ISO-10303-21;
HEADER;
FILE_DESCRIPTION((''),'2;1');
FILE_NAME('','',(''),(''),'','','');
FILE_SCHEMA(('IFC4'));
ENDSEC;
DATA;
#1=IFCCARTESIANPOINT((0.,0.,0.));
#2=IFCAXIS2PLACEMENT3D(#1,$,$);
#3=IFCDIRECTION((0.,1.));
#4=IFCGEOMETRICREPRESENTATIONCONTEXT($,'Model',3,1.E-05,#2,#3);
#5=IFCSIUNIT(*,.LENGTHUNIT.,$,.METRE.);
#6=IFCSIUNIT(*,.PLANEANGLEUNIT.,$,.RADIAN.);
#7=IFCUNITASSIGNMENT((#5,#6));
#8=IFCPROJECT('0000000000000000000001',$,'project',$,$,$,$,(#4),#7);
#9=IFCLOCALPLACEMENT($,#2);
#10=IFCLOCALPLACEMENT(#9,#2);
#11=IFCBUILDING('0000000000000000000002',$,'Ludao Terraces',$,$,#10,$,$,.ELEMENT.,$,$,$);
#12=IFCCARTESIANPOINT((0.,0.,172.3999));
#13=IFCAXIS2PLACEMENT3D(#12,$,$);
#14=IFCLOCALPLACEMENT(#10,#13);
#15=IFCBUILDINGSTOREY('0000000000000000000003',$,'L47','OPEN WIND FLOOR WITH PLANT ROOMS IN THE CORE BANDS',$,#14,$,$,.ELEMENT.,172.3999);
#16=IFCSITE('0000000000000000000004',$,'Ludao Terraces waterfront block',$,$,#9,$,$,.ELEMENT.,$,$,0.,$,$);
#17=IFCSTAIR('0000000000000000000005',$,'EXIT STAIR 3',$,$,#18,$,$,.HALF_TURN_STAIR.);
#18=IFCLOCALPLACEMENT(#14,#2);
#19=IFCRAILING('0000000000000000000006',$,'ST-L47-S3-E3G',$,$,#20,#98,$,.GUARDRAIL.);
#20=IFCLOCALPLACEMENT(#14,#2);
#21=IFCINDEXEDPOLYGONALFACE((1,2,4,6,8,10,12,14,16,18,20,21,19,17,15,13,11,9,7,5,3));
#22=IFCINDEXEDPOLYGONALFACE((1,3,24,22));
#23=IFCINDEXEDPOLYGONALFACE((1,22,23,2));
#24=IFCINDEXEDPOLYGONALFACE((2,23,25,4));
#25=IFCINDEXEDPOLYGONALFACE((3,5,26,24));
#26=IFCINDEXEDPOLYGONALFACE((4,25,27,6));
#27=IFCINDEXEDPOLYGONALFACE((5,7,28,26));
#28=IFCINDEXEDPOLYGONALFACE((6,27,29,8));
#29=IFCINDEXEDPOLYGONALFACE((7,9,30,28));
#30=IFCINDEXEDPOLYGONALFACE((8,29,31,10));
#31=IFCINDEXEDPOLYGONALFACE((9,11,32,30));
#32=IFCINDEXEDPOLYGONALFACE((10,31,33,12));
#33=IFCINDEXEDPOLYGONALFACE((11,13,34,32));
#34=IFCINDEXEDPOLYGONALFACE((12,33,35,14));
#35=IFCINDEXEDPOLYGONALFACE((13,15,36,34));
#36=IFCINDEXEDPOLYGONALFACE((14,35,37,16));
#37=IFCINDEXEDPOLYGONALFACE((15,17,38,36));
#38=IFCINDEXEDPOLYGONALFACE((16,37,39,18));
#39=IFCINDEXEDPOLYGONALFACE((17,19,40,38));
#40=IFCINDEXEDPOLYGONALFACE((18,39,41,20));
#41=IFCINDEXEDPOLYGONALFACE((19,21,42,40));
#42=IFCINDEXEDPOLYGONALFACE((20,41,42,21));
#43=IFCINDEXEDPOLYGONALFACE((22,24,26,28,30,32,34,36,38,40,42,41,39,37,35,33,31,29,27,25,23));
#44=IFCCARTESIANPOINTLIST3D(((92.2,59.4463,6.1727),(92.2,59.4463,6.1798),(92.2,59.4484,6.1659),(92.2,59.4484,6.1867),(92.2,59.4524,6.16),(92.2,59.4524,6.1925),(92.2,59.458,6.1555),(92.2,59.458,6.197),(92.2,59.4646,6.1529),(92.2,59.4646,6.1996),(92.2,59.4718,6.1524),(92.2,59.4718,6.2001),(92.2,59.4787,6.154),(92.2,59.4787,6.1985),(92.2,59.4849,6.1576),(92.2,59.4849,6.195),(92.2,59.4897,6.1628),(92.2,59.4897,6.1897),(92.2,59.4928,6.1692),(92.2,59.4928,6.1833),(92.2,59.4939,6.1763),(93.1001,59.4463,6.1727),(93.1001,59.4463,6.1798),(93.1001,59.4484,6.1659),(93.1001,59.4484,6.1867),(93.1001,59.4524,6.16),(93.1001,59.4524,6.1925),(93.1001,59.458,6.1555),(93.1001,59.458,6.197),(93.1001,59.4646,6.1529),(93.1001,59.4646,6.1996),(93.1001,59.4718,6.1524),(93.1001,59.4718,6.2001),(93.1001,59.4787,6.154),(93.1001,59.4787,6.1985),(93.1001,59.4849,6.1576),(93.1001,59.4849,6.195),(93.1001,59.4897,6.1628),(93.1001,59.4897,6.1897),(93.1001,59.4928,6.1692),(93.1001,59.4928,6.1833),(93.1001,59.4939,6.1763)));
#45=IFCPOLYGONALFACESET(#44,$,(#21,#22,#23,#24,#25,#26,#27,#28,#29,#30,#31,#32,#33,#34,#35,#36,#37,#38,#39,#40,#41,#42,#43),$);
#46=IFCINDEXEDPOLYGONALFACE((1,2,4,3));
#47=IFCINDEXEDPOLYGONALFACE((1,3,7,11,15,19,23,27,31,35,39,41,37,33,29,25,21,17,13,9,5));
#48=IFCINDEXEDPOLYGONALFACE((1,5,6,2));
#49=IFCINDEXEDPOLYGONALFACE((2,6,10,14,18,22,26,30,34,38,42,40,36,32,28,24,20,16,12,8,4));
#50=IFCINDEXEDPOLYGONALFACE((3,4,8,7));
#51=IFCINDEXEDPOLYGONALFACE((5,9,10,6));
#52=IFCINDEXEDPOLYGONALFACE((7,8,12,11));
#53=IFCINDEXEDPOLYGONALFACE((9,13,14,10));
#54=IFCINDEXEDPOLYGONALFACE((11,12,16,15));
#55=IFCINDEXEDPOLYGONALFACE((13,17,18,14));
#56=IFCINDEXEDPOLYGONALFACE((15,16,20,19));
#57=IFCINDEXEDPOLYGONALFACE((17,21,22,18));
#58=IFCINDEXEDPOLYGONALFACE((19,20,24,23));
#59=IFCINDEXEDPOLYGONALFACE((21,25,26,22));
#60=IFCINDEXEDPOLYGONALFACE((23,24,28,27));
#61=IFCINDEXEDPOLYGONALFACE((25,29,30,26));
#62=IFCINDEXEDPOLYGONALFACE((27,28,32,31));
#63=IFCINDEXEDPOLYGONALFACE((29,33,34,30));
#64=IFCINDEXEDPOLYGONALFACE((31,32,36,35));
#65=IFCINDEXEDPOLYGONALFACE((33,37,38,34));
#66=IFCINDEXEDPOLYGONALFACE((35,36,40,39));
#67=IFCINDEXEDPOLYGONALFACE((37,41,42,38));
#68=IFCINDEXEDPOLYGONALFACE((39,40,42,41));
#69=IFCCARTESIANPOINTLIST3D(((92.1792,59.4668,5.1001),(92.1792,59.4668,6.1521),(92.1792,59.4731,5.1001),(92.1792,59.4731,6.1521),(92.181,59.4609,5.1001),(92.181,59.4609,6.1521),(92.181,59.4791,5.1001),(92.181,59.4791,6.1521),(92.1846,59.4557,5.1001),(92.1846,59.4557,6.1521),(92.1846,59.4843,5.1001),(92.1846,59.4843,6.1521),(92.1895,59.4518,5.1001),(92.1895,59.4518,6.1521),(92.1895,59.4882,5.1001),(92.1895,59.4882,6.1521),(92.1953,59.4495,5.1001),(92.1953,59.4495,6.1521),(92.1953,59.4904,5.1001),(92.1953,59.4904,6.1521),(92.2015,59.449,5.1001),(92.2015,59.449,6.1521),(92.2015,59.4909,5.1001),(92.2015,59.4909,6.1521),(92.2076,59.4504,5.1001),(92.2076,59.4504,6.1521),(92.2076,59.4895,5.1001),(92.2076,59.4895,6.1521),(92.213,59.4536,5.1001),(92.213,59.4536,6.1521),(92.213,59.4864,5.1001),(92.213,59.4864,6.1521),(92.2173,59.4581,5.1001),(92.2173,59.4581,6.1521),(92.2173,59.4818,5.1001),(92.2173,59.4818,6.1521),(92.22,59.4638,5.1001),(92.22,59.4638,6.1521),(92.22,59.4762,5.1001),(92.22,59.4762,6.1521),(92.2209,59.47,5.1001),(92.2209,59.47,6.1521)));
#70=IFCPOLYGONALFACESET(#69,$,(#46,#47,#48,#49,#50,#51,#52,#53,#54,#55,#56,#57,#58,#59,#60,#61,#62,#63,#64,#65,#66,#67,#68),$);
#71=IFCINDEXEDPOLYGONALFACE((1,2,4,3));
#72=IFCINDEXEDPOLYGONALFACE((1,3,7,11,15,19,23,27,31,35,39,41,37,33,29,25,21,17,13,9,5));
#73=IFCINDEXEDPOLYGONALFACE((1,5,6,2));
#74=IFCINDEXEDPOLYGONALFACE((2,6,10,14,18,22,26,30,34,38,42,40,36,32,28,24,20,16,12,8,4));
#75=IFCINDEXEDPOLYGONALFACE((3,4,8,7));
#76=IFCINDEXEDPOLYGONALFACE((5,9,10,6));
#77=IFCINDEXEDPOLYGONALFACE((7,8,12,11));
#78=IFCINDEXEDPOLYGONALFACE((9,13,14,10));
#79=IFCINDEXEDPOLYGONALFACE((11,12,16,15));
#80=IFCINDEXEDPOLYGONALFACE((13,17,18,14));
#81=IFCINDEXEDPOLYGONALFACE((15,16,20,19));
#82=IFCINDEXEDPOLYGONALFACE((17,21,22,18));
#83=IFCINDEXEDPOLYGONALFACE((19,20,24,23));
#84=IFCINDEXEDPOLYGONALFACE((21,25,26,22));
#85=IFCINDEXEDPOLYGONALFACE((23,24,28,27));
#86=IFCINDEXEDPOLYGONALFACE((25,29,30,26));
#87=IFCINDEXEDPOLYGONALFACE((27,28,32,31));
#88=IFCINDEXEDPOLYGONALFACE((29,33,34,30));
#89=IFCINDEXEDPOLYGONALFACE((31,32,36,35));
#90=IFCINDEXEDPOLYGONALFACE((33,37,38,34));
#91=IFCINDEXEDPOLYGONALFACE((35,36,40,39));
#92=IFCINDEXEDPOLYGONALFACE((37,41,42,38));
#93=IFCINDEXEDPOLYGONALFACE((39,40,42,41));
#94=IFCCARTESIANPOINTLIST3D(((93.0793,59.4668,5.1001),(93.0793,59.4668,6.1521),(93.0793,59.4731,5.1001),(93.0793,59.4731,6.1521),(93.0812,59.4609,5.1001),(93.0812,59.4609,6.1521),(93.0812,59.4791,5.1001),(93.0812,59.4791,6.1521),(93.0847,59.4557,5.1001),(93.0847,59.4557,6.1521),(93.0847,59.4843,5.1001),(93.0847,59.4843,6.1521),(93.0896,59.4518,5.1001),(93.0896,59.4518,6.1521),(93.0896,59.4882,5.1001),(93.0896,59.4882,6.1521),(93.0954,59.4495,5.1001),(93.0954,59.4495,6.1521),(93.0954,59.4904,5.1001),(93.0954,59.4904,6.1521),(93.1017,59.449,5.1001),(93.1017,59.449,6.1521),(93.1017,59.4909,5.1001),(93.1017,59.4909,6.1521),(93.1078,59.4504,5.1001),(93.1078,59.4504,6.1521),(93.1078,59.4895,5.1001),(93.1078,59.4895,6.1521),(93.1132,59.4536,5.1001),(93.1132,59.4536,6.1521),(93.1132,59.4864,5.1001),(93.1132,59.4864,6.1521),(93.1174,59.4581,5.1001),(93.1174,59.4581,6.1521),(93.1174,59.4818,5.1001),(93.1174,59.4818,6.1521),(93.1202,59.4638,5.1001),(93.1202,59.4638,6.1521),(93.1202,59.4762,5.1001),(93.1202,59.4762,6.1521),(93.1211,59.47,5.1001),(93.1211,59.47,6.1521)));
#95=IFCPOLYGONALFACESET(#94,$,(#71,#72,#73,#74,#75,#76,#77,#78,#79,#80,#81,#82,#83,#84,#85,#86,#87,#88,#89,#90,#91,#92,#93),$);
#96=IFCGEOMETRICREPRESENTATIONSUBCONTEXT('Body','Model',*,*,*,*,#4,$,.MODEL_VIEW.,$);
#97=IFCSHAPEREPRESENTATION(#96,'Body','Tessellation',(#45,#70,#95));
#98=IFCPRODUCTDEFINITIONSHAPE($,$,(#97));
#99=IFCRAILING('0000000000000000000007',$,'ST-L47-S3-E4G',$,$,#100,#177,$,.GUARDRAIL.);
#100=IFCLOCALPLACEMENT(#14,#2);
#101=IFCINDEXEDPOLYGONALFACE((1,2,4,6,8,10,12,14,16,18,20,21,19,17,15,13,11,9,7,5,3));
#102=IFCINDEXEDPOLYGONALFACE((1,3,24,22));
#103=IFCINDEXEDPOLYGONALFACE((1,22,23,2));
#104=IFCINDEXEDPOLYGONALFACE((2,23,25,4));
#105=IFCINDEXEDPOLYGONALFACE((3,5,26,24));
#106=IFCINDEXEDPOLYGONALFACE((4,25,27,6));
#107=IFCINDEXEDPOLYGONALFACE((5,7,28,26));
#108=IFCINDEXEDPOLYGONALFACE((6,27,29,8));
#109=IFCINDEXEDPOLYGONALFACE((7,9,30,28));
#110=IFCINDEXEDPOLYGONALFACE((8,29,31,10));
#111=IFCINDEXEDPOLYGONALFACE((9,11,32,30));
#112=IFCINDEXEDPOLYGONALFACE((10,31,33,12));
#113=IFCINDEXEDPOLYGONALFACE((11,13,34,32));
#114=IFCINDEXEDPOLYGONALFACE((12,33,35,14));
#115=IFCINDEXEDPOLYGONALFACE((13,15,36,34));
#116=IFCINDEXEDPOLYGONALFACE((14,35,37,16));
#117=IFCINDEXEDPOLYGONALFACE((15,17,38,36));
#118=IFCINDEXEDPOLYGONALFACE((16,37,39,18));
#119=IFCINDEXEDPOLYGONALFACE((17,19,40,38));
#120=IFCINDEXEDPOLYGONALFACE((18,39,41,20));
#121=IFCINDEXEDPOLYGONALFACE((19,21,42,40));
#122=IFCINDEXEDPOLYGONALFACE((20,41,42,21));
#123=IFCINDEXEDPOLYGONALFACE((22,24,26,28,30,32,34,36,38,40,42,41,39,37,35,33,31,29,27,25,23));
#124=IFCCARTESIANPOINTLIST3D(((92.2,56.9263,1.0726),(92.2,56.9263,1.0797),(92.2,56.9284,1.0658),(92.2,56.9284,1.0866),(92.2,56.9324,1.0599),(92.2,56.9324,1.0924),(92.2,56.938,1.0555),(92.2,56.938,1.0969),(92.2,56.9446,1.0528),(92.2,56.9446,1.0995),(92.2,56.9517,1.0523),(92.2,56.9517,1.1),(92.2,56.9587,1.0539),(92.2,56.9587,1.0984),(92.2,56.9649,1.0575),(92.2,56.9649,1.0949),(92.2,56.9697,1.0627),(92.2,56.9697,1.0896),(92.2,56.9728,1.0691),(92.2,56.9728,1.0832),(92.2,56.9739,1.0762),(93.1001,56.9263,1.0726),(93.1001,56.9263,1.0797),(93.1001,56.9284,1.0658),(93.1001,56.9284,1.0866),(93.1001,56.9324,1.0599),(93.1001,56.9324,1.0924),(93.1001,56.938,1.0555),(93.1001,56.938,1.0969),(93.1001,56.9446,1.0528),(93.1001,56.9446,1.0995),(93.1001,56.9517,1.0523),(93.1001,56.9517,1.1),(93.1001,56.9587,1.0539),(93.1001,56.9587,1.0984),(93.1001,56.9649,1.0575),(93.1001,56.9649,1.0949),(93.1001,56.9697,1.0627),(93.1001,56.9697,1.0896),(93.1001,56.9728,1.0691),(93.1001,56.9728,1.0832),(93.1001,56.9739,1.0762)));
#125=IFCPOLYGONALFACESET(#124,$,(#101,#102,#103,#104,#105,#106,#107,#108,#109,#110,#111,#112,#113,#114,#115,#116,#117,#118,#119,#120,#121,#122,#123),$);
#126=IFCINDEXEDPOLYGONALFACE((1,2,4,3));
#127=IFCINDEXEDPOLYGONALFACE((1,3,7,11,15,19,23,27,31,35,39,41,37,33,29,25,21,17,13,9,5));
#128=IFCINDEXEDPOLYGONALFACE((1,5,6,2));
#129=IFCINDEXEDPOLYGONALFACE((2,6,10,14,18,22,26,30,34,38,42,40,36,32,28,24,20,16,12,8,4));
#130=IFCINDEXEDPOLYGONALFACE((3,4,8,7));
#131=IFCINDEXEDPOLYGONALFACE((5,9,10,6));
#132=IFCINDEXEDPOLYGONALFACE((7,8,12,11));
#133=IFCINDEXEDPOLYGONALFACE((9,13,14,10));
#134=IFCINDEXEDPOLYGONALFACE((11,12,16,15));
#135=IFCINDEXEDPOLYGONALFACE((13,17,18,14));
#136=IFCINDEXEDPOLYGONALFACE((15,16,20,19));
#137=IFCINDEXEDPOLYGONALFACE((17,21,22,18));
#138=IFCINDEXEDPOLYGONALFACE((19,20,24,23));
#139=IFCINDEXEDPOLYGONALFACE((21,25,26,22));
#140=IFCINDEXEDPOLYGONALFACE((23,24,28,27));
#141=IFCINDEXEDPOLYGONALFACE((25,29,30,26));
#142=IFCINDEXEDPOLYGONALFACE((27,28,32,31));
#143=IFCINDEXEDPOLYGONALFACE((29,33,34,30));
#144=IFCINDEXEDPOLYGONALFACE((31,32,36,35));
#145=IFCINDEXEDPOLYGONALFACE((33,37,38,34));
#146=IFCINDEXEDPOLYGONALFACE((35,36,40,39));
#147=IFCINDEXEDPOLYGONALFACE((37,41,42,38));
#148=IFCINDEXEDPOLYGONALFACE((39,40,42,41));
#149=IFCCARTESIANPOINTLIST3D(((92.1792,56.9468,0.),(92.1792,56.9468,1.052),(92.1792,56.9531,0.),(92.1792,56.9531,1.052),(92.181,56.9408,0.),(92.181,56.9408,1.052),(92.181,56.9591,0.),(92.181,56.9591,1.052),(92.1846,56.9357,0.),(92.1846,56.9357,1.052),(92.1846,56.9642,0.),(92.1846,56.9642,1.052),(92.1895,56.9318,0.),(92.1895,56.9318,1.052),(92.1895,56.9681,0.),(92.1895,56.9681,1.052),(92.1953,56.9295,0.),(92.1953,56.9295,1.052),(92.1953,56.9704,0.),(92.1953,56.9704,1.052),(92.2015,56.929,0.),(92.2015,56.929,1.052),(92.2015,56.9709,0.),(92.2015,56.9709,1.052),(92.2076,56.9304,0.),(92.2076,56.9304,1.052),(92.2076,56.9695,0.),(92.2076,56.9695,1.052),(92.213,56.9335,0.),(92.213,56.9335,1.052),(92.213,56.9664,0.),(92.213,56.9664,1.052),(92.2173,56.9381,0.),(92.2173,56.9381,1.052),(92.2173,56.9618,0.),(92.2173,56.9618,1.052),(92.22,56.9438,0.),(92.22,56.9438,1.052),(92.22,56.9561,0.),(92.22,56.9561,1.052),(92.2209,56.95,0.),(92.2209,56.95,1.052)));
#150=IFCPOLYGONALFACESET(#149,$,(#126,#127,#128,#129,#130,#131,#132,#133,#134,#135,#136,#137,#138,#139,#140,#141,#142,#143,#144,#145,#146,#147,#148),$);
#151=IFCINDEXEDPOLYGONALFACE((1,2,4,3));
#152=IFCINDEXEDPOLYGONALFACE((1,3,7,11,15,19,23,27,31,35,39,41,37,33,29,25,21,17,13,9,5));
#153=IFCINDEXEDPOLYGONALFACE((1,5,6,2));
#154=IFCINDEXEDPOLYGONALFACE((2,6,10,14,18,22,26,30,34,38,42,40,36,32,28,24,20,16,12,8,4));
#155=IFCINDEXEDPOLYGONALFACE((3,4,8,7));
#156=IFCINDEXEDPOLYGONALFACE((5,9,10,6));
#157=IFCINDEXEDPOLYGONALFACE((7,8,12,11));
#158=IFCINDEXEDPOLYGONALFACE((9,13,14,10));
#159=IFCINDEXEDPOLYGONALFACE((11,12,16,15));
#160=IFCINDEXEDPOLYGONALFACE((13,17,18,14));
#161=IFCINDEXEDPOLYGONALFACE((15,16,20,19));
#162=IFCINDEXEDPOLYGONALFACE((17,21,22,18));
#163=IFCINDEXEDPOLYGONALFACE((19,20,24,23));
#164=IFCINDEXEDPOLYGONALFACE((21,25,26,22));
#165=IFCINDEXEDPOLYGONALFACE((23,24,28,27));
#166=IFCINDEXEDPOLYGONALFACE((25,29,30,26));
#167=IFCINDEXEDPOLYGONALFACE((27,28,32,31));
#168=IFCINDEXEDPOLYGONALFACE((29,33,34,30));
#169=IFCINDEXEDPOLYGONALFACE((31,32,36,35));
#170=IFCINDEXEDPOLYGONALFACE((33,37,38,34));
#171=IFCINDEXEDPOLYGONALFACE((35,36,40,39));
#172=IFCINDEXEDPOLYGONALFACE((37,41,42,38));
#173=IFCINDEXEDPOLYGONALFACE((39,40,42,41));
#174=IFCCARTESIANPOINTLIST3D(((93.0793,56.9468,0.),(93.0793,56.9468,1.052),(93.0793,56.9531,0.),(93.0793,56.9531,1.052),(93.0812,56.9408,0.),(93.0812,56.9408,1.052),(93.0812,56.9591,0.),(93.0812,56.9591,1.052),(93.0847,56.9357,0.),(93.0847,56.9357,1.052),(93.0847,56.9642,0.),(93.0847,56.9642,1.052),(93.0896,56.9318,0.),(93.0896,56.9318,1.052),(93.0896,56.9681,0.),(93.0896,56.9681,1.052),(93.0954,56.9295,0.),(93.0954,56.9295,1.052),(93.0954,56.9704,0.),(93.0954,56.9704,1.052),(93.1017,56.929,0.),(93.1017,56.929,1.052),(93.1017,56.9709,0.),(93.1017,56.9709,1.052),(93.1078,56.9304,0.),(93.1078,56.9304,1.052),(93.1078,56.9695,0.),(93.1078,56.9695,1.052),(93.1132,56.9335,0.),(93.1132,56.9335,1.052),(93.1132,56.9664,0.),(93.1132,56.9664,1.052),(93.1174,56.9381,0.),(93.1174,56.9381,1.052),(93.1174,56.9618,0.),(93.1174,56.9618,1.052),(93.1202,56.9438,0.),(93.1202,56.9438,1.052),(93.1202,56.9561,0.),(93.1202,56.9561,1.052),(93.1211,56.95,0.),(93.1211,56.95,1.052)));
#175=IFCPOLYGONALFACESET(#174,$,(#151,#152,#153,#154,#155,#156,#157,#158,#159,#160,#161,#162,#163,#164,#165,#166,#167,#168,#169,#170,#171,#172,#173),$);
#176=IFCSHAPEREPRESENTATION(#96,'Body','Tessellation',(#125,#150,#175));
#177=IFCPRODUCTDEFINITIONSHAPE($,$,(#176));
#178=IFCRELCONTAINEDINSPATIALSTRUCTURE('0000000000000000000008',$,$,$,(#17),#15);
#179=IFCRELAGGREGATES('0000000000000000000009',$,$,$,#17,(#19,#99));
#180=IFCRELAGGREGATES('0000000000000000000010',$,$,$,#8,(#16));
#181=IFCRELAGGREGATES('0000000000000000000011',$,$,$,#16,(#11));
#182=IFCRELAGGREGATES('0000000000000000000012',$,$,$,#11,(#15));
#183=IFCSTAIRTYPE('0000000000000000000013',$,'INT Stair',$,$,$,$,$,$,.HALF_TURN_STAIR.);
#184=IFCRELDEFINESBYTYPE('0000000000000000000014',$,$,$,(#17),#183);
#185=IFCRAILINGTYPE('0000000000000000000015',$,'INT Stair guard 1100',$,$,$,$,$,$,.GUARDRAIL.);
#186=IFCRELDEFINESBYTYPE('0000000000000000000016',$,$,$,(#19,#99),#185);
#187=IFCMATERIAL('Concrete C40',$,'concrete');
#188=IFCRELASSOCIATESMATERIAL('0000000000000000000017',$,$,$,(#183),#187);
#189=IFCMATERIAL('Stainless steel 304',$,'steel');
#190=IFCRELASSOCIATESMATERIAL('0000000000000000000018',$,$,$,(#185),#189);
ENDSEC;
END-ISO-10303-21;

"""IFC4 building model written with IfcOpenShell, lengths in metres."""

from ifc_helpers import new_model, si_unit, direction, frame, origin, origin_2d, place, context, subcontext, project, spatial, circle, extrude, material, type_object, element, aggregate, save


model = new_model("IFC4")

# Units and contexts
model_context = context("Model", 3, precision=1e-05, world=origin(), true_north=direction((0.0, 1.0)))
body_context = subcontext(model_context, "Body", "Model", "MODEL_VIEW")
ifc_project = project(units=[si_unit("LENGTHUNIT", "METRE"), si_unit("PLANEANGLEUNIT", "RADIAN")], contexts=[model_context])

# Site, building, storey
site_placement = place(None, origin())
site = spatial("IfcSite", under=ifc_project, at=site_placement, Name="Ludao Terraces waterfront block", CompositionType="ELEMENT", RefElevation=0.0)
building_placement = place(site_placement, origin())
building = spatial("IfcBuilding", under=site, at=building_placement, Name="Ludao Terraces", CompositionType="ELEMENT")
storey_placement = place(building_placement, frame((0.0, 0.0, 172.3999)))
storey = spatial("IfcBuildingStorey", under=building, at=storey_placement, Name="L47", Description="OPEN WIND FLOOR WITH PLANT ROOMS IN THE CORE BANDS", CompositionType="ELEMENT", Elevation=172.3999)

# Stair, railings
ifc_material_1 = material(Name="Concrete C40", Category="concrete")
stair_type = type_object("IfcStairType", Name="INT Stair", PredefinedType="HALF_TURN_STAIR", material=ifc_material_1)
stair_placement = place(storey_placement, origin())
stair = element("IfcStair", 1, at=stair_placement, inside=storey, type_object=stair_type, Name="EXIT STAIR 3", PredefinedType="HALF_TURN_STAIR")
ifc_material_2 = material(Name="Stainless steel 304", Category="steel")
railing_type_1 = type_object("IfcRailingType", Name="INT Stair guard 1100", PredefinedType="GUARDRAIL", material=ifc_material_2)
railing_1_placement = place(storey_placement, frame((92.2, 59.47, 5.1001)))
railing_1 = element("IfcRailing", 2, at=railing_1_placement, type_object=railing_type_1, Name="ST-L47-S3-E3G", PredefinedType="GUARDRAIL", context=body_context, shape_type="SweptSolid", body=[
    extrude(circle(Radius=0.0239, at=origin_2d()), frame((0.0, 0.0, 1.0762), z_axis=(1.0, 0.0, 0.0), x_axis=(0.0, 1.0, 0.0)), (0.0, 0.0, 1.0), 0.9001),
    extrude(circle(Radius=0.021, at=origin_2d()), origin(), (0.0, 0.0, 1.0), 1.052),
    extrude(circle(Radius=0.021, at=origin_2d()), frame((0.9001, 0.0, 0.0)), (0.0, 0.0, 1.0), 1.052),
])
railing_2_placement = place(storey_placement, frame((92.2, 56.95, 0.0)))
railing_2 = element("IfcRailing", 3, at=railing_2_placement, type_object=railing_type_1, Name="ST-L47-S3-E4G", PredefinedType="GUARDRAIL", context=body_context, shape_type="SweptSolid", body=[
    extrude(circle(Radius=0.0239, at=origin_2d()), frame((0.0, 0.0, 1.0762), z_axis=(1.0, 0.0, 0.0), x_axis=(0.0, 1.0, 0.0)), (0.0, 0.0, 1.0), 0.9001),
    extrude(circle(Radius=0.021, at=origin_2d()), origin(), (0.0, 0.0, 1.0), 1.052),
    extrude(circle(Radius=0.021, at=origin_2d()), frame((0.9001, 0.0, 0.0)), (0.0, 0.0, 1.0), 1.052),
])
aggregate(stair, [railing_1, railing_2])

save(model, "model.ifc")
